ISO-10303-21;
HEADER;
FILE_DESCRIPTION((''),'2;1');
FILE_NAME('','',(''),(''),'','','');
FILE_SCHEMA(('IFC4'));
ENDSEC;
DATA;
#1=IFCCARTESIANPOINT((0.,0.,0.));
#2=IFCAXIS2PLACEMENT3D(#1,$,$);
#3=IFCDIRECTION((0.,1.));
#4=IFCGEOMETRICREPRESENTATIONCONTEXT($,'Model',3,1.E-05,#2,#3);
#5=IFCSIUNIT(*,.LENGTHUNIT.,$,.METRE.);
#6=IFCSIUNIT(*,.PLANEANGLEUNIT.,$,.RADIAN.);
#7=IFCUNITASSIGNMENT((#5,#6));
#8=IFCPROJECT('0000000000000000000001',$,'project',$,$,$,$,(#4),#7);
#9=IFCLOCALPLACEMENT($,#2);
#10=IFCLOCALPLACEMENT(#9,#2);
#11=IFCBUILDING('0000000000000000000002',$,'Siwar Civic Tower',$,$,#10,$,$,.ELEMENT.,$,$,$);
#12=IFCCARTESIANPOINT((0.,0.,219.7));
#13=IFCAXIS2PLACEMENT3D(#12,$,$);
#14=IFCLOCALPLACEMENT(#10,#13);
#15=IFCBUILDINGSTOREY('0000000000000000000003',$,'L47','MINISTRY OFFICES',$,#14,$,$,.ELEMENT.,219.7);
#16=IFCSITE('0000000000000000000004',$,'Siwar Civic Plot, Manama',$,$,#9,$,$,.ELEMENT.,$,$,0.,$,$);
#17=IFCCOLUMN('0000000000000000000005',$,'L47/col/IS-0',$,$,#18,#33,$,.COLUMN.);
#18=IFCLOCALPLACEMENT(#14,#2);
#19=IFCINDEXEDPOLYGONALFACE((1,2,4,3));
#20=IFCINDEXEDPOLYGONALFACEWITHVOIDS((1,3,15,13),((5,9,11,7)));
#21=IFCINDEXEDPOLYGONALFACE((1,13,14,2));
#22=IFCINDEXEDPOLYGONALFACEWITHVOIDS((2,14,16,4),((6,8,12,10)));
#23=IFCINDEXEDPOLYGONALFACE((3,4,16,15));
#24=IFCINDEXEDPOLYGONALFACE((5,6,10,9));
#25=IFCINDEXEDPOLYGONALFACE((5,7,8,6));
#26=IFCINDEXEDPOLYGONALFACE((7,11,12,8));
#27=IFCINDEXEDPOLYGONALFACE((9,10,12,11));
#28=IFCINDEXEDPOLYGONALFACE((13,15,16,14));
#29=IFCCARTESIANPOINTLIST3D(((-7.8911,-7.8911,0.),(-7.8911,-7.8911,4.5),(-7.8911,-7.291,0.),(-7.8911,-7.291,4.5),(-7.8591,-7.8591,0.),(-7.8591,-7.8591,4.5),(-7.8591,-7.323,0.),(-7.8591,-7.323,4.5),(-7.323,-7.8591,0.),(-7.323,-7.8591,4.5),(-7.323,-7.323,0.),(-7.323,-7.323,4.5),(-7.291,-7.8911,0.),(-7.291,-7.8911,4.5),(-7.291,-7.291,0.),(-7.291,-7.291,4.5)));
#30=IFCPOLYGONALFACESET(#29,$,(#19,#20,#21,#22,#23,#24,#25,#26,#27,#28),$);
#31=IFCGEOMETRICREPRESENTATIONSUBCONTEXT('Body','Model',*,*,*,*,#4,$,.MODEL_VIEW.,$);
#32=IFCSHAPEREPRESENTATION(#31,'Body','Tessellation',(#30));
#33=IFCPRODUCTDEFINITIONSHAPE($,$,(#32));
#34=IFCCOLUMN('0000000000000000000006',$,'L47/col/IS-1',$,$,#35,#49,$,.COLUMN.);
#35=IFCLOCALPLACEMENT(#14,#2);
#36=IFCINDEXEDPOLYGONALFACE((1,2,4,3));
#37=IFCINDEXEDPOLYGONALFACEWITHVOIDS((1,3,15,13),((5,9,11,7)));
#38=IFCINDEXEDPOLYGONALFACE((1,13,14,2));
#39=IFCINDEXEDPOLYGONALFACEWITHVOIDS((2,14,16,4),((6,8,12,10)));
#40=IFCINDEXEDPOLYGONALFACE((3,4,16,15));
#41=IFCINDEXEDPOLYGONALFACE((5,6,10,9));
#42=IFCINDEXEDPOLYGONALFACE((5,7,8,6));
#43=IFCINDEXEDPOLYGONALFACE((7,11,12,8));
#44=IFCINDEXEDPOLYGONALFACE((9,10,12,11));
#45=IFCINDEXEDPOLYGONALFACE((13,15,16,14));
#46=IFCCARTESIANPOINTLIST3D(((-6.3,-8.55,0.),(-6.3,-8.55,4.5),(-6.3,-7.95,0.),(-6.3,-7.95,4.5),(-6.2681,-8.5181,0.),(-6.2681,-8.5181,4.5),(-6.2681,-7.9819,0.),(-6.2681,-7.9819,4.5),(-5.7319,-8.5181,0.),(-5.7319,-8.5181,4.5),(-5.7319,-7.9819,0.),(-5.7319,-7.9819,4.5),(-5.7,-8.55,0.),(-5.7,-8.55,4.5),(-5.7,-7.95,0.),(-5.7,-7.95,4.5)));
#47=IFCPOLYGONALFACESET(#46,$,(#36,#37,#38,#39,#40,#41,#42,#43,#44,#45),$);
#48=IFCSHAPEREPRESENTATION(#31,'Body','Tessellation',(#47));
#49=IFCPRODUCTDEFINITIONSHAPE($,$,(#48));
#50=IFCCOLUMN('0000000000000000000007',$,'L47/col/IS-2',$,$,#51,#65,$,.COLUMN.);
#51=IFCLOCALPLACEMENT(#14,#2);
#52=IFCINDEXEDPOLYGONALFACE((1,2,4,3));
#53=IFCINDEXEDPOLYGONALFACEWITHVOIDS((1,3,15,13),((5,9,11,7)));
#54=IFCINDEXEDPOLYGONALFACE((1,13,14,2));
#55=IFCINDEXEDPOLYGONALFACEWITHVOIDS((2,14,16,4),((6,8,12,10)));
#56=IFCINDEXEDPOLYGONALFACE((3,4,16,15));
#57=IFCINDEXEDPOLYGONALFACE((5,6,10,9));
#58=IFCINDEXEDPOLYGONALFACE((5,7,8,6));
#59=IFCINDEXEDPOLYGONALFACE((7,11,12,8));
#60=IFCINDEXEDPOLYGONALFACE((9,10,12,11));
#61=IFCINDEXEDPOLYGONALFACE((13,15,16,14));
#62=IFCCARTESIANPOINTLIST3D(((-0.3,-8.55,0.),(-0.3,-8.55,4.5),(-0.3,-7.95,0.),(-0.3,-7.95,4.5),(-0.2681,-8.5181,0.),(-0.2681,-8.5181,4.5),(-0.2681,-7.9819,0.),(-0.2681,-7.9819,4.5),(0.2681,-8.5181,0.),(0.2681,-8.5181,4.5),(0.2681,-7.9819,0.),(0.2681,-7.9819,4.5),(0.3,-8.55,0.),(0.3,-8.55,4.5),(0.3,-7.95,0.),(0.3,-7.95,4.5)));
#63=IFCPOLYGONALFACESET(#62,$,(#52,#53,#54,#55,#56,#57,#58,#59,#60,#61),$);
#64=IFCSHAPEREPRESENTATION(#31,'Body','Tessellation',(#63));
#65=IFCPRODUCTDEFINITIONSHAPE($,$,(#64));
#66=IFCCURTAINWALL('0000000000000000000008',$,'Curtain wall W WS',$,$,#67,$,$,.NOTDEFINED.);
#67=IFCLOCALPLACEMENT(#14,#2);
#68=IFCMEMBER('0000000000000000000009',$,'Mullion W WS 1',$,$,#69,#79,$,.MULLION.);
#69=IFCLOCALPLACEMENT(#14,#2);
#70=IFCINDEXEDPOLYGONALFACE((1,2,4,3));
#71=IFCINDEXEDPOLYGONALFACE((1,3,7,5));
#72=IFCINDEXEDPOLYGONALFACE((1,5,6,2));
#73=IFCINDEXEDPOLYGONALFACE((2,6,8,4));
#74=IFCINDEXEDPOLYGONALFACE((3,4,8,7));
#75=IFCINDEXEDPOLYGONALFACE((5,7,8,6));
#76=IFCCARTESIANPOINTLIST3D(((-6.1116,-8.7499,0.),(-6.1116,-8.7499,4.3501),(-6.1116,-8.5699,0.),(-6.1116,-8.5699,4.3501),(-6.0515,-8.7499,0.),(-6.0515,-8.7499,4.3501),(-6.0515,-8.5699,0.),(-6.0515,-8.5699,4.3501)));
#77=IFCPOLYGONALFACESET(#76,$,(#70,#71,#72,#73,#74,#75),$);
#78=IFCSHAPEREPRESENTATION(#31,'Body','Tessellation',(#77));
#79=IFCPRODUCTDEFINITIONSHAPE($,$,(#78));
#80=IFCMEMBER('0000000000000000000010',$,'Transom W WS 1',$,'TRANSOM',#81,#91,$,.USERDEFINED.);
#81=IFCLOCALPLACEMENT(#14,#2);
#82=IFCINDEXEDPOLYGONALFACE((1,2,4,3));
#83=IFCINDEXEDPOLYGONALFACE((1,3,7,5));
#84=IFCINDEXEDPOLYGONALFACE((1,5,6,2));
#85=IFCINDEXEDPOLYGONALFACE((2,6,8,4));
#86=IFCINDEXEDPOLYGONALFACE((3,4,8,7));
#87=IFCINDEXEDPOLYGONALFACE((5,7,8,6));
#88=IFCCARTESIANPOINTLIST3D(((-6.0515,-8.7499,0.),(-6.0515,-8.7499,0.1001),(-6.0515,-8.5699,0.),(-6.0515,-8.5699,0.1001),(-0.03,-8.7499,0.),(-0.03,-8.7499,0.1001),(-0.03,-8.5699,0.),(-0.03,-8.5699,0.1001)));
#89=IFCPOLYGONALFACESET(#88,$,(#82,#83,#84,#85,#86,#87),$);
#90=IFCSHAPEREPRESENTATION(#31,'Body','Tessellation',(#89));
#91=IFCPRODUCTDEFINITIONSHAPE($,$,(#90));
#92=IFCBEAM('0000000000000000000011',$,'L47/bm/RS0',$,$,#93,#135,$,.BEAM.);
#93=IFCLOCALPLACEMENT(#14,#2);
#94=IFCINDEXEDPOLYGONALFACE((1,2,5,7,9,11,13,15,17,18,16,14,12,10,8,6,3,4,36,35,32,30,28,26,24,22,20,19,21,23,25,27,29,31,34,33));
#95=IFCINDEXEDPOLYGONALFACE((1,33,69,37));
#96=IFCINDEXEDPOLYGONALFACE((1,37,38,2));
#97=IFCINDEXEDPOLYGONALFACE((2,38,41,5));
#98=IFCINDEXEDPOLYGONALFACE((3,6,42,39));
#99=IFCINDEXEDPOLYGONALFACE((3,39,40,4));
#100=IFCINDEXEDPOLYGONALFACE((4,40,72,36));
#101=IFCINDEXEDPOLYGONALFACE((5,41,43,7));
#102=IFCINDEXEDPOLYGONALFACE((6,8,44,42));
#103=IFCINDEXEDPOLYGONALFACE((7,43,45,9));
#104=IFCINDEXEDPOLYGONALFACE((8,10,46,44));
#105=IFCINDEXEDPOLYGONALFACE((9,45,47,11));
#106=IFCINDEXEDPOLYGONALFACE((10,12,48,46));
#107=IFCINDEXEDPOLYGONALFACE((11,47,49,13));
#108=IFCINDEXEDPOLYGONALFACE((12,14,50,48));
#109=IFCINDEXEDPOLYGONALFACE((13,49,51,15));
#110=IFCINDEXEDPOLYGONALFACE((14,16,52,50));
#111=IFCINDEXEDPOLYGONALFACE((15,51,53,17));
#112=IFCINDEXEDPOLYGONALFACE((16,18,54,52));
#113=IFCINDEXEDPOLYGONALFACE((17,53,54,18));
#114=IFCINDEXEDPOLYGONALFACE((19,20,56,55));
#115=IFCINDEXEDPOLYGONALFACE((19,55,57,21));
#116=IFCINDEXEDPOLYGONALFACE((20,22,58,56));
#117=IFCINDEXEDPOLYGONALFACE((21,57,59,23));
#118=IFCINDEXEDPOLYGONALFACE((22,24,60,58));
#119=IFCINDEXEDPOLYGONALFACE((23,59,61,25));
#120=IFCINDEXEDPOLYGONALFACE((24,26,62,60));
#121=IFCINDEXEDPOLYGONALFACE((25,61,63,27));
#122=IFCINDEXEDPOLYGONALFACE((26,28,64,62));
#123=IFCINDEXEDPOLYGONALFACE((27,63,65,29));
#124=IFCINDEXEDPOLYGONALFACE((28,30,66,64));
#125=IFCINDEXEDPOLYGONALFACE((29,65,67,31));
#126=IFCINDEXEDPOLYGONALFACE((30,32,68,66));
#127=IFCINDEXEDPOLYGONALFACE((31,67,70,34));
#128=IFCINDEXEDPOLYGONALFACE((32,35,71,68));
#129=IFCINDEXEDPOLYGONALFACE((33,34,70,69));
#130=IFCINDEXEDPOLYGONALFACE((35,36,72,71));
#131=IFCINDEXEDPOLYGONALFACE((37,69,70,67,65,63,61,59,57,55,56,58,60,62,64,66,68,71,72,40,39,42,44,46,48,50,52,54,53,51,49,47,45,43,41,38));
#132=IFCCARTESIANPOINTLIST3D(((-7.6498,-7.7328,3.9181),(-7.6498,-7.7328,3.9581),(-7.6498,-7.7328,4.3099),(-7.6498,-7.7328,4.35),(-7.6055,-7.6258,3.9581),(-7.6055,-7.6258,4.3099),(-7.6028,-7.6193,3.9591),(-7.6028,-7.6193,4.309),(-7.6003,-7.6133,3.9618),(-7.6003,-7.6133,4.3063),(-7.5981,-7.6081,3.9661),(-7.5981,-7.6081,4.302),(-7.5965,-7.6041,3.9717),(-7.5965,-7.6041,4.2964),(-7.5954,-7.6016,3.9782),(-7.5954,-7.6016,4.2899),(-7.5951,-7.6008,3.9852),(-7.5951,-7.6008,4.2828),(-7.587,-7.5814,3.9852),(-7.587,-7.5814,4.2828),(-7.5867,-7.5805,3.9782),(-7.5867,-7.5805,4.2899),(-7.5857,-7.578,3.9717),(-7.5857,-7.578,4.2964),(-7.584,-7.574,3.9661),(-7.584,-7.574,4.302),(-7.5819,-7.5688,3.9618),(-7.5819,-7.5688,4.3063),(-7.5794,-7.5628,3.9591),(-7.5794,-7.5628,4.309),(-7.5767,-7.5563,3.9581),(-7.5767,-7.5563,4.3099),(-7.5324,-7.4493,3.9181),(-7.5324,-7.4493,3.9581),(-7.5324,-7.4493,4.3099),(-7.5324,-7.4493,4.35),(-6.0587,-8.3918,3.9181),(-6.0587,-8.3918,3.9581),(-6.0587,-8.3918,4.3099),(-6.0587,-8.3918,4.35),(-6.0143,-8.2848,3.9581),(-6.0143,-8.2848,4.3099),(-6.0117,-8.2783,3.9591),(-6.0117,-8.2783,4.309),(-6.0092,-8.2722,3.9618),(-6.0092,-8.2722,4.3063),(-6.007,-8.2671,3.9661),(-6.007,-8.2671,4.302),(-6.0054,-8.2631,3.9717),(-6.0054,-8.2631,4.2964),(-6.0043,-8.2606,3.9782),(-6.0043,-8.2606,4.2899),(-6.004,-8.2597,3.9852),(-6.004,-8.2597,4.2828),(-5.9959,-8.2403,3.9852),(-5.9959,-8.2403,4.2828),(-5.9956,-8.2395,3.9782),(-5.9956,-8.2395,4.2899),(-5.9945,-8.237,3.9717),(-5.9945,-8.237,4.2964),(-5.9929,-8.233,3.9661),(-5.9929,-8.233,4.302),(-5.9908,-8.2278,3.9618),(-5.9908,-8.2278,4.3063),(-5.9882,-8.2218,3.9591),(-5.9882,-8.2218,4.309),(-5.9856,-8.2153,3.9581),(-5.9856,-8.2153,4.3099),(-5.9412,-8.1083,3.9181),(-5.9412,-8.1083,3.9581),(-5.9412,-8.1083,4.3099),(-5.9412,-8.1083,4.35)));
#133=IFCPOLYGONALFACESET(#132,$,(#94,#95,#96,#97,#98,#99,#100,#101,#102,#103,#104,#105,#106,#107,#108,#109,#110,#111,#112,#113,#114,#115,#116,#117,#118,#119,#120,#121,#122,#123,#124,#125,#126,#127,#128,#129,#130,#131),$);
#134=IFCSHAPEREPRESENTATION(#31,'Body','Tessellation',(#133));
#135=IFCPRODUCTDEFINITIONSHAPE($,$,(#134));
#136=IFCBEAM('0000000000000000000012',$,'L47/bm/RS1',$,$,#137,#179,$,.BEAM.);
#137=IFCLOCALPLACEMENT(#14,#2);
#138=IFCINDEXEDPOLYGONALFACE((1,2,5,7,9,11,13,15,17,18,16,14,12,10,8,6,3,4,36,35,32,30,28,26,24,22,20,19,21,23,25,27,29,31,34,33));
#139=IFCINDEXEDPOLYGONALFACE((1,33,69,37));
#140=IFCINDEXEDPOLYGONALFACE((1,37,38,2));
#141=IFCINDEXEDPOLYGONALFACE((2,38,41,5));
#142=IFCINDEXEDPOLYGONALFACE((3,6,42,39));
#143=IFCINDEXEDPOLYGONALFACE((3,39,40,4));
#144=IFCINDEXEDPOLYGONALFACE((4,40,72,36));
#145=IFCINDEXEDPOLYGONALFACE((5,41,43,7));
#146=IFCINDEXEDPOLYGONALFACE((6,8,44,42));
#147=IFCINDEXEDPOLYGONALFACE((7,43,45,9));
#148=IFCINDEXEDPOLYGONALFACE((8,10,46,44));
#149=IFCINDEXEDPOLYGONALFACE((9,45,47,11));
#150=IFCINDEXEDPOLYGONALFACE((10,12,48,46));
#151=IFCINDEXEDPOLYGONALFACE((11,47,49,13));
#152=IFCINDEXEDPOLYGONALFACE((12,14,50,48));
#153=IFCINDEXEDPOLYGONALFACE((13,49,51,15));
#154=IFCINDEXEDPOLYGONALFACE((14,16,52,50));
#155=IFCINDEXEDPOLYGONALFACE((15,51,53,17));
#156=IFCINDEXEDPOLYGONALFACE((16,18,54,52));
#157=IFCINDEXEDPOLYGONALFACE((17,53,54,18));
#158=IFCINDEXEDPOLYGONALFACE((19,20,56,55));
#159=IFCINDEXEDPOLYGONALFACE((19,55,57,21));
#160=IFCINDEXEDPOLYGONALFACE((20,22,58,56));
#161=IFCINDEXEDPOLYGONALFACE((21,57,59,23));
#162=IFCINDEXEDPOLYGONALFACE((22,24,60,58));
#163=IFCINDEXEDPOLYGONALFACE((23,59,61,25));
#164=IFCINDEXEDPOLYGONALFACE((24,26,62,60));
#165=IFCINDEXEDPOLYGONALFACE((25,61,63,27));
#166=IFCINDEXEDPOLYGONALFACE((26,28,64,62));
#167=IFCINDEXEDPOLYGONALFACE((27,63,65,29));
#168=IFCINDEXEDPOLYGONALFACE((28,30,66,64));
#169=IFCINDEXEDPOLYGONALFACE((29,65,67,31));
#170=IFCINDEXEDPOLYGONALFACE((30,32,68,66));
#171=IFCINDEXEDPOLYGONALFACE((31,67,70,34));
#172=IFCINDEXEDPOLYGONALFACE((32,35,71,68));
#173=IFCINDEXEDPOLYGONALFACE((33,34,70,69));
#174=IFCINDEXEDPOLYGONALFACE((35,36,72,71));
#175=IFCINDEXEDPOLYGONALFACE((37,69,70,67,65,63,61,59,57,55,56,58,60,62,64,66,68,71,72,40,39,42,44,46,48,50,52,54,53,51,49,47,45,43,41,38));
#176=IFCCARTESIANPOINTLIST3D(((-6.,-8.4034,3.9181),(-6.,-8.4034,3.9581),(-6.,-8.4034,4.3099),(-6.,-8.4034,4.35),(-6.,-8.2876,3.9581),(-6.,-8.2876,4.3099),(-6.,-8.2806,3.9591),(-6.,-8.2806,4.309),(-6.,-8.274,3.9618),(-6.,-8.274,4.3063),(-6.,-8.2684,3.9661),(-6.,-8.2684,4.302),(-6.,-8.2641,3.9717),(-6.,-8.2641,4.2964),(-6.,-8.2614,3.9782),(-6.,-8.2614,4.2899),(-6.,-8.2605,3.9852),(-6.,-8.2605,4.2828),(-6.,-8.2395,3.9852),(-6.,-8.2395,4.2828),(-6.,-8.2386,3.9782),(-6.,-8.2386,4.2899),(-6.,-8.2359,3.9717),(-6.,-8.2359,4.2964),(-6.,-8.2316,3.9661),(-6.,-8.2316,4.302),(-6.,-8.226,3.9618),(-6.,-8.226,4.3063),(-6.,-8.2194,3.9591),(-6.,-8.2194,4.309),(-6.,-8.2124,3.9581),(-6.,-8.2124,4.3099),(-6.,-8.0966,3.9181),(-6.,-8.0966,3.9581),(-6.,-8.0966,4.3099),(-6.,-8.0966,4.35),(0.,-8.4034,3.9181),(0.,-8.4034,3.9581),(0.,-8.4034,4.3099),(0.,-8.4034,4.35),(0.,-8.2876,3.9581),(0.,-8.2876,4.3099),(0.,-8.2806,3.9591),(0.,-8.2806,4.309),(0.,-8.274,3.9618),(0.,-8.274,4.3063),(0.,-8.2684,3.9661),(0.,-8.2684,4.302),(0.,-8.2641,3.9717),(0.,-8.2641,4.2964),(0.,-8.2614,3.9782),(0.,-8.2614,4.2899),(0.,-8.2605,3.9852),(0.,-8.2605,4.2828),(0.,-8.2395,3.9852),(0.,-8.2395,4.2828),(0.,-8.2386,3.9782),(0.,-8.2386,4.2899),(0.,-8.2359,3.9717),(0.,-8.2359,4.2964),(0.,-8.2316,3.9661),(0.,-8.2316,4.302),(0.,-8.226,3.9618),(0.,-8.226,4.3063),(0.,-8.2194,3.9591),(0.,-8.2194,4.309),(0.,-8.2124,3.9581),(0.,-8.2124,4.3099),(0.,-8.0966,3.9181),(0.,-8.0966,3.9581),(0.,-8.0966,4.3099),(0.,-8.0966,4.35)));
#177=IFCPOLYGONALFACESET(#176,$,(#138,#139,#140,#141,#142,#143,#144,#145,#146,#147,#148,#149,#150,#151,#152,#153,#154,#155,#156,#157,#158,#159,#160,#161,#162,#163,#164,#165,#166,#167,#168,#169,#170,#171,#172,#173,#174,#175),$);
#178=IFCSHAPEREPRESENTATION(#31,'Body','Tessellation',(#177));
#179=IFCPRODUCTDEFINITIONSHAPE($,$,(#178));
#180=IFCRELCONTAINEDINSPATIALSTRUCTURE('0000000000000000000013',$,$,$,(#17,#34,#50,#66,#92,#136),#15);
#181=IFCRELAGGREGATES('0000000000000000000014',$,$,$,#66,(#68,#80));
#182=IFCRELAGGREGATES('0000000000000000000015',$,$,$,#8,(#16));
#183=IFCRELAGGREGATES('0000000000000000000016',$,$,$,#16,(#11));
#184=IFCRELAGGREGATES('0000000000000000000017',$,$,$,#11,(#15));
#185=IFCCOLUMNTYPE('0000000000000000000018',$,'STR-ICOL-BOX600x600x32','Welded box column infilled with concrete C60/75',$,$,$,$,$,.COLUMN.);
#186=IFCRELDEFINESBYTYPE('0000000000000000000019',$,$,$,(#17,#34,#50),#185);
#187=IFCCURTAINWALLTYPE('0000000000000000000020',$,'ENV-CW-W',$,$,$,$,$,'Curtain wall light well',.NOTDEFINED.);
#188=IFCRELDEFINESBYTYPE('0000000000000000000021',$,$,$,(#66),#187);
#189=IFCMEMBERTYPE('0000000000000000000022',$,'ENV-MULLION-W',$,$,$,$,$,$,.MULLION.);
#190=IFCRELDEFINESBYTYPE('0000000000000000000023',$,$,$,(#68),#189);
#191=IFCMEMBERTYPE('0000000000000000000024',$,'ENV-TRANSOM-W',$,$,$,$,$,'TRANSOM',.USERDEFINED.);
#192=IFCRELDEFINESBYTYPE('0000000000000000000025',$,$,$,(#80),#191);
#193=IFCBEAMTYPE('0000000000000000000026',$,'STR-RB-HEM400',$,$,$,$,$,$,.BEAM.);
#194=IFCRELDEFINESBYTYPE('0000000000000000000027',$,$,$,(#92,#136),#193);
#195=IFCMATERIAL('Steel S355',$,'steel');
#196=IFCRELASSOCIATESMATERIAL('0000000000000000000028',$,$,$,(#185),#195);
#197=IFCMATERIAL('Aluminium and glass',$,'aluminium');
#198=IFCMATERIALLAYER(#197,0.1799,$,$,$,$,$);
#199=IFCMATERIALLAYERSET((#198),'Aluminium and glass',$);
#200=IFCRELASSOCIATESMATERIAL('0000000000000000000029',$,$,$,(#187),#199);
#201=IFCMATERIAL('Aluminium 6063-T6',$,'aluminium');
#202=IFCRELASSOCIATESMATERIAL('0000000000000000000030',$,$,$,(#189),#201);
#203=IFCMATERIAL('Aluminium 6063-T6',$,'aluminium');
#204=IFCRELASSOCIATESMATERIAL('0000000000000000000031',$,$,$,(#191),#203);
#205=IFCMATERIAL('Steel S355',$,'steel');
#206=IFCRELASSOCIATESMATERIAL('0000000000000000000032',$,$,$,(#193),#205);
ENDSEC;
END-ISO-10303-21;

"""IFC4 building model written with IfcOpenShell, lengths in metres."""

from ifc_helpers import new_model, si_unit, direction, frame, origin, origin_2d, place, context, subcontext, project, spatial, rectangle, hollow_rectangle, i_section, extrude, material, layer, layer_set, material_profile, profile_set, type_object, element, aggregate, save


model = new_model("IFC4")

# Units and contexts
model_context = context("Model", 3, precision=1e-05, world=origin(), true_north=direction((0.0, 1.0)))
body_context = subcontext(model_context, "Body", "Model", "MODEL_VIEW")
ifc_project = project(units=[si_unit("LENGTHUNIT", "METRE"), si_unit("PLANEANGLEUNIT", "RADIAN")], contexts=[model_context])

# Site, building, storey
site_placement = place(None, origin())
site = spatial("IfcSite", under=ifc_project, at=site_placement, Name="Siwar Civic Plot, Manama", CompositionType="ELEMENT", RefElevation=0.0)
building_placement = place(site_placement, origin())
building = spatial("IfcBuilding", under=site, at=building_placement, Name="Siwar Civic Tower", CompositionType="ELEMENT")
storey_placement = place(building_placement, frame((0.0, 0.0, 219.7)))
storey = spatial("IfcBuildingStorey", under=building, at=storey_placement, Name="L47", Description="MINISTRY OFFICES", CompositionType="ELEMENT", Elevation=219.7)

# Columns
ifc_material_1 = material(Name="Steel S355", Category="steel")
ifc_material_profile_1 = material_profile(ifc_material_1, hollow_rectangle(XDim=0.6001, YDim=0.6001, WallThickness=0.032, at=origin_2d()), Name="BOX600x600x32")
ifc_profile_set_1 = profile_set([ifc_material_profile_1], Name="Steel S355")
column_type = type_object("IfcColumnType", Name="STR-ICOL-BOX600x600x32", Description="Welded box column infilled with concrete C60/75", PredefinedType="COLUMN", material=ifc_profile_set_1)
for number, where, z_axis, x_axis, name in (
    (1, (-7.5911, -7.5911, 0.0), (0.0, 0.0, 1.0), (1.0, 0.0, 0.0), "L47/col/IS-0"),
    (2, (-6.0, -8.25, 0.0), (0.0, 0.0, 1.0), (1.0, 0.0, 0.0), "L47/col/IS-1"),
    (3, (0.0, -8.25, 0.0), (0.0, 0.0, 1.0), (1.0, 0.0, 0.0), "L47/col/IS-2"),
):
    element("IfcColumn", number, at=place(storey_placement, frame(where, z_axis=z_axis, x_axis=x_axis)), inside=storey, type_object=column_type, Name=name, PredefinedType="COLUMN", context=body_context, shape_type="SweptSolid", body=[
        extrude(hollow_rectangle(XDim=0.6001, YDim=0.6001, WallThickness=0.032, at=origin_2d()), origin(), (0.0, 0.0, 1.0), 4.5),
    ])

# Curtain wall, members
ifc_material_2 = material(Name="Aluminium and glass", Category="aluminium")
ifc_layer_1 = layer(ifc_material_2, 0.1799)
ifc_layer_set_1 = layer_set([ifc_layer_1], Name="Aluminium and glass")
curtain_wall_type = type_object("IfcCurtainWallType", Name="ENV-CW-W", ElementType="Curtain wall light well", PredefinedType="NOTDEFINED", material=ifc_layer_set_1)
curtain_wall_placement = place(storey_placement, origin())
curtain_wall = element("IfcCurtainWall", 4, at=curtain_wall_placement, inside=storey, type_object=curtain_wall_type, Name="Curtain wall W WS", PredefinedType="NOTDEFINED")
ifc_material_3 = material(Name="Aluminium 6063-T6", Category="aluminium")
ifc_material_profile_2 = material_profile(ifc_material_3, rectangle(XDim=0.1799, YDim=0.0601, at=origin_2d()), Name="AL 180x60")
ifc_profile_set_2 = profile_set([ifc_material_profile_2], Name="Aluminium 6063-T6")
member_type_1 = type_object("IfcMemberType", Name="ENV-MULLION-W", PredefinedType="MULLION", material=ifc_profile_set_2)
member_1_placement = place(storey_placement, frame((-6.0815, -8.6599, 0.0), z_axis=(0.0, 0.0, 1.0), x_axis=(0.0, 1.0, 0.0)))
member_1 = element("IfcMember", 5, at=member_1_placement, type_object=member_type_1, Name="Mullion W WS 1", PredefinedType="MULLION", context=body_context, shape_type="SweptSolid", body=[
    extrude(rectangle(XDim=0.1799, YDim=0.0601, at=origin_2d()), origin(), (0.0, 0.0, 1.0), 4.3501),
])
ifc_material_4 = material(Name="Aluminium 6063-T6", Category="aluminium")
ifc_material_profile_3 = material_profile(ifc_material_4, rectangle(XDim=0.1799, YDim=0.1001, at=origin_2d()), Name="AL 180x100")
ifc_profile_set_3 = profile_set([ifc_material_profile_3], Name="Aluminium 6063-T6")
member_type_2 = type_object("IfcMemberType", Name="ENV-TRANSOM-W", ElementType="TRANSOM", PredefinedType="USERDEFINED", material=ifc_profile_set_3)
member_2_placement = place(storey_placement, frame((-6.0515, -8.6599, 0.05), z_axis=(1.0, 0.0, 0.0), x_axis=(0.0, 1.0, 0.0)))
member_2 = element("IfcMember", 6, at=member_2_placement, type_object=member_type_2, Name="Transom W WS 1", ObjectType="TRANSOM", PredefinedType="USERDEFINED", context=body_context, shape_type="SweptSolid", body=[
    extrude(rectangle(XDim=0.1799, YDim=0.1001, at=origin_2d()), origin(), (0.0, 0.0, 1.0), 6.0215),
])

# Beams
ifc_material_5 = material(Name="Steel S355", Category="steel")
ifc_material_profile_4 = material_profile(ifc_material_5, i_section(OverallWidth=0.3069, OverallDepth=0.4319, WebThickness=0.021, FlangeThickness=0.04, FilletRadius=0.0271, at=origin_2d()), Name="HEM400")
ifc_profile_set_4 = profile_set([ifc_material_profile_4], Name="Steel S355")
beam_type = type_object("IfcBeamType", Name="STR-RB-HEM400", PredefinedType="BEAM", material=ifc_profile_set_4)
beam_1_placement = place(storey_placement, frame((-7.5911, -7.5911, 4.134), z_axis=(0.923901, -0.382631, 0.0), x_axis=(0.382631, 0.923901, 0.0)))
element("IfcBeam", 7, at=beam_1_placement, inside=storey, type_object=beam_type, Name="L47/bm/RS0", PredefinedType="BEAM", context=body_context, shape_type="SweptSolid", body=[
    extrude(i_section(OverallWidth=0.3069, OverallDepth=0.4319, WebThickness=0.021, FlangeThickness=0.04, FilletRadius=0.0271, at=origin_2d()), origin(), (0.0, 0.0, 1.0), 1.7222),
])
for number, where, z_axis, x_axis, name in (
    (8, (-6.0, -8.25, 4.134), (1.0, 0.0, 0.0), (0.0, 1.0, 0.0), "L47/bm/RS1"),
):
    element("IfcBeam", number, at=place(storey_placement, frame(where, z_axis=z_axis, x_axis=x_axis)), inside=storey, type_object=beam_type, Name=name, PredefinedType="BEAM", context=body_context, shape_type="SweptSolid", body=[
        extrude(i_section(OverallWidth=0.3069, OverallDepth=0.4319, WebThickness=0.021, FlangeThickness=0.04, FilletRadius=0.0271, at=origin_2d()), origin(), (0.0, 0.0, 1.0), 6.0),
    ])

aggregate(curtain_wall, [member_1, member_2])

save(model, "model.ifc")
